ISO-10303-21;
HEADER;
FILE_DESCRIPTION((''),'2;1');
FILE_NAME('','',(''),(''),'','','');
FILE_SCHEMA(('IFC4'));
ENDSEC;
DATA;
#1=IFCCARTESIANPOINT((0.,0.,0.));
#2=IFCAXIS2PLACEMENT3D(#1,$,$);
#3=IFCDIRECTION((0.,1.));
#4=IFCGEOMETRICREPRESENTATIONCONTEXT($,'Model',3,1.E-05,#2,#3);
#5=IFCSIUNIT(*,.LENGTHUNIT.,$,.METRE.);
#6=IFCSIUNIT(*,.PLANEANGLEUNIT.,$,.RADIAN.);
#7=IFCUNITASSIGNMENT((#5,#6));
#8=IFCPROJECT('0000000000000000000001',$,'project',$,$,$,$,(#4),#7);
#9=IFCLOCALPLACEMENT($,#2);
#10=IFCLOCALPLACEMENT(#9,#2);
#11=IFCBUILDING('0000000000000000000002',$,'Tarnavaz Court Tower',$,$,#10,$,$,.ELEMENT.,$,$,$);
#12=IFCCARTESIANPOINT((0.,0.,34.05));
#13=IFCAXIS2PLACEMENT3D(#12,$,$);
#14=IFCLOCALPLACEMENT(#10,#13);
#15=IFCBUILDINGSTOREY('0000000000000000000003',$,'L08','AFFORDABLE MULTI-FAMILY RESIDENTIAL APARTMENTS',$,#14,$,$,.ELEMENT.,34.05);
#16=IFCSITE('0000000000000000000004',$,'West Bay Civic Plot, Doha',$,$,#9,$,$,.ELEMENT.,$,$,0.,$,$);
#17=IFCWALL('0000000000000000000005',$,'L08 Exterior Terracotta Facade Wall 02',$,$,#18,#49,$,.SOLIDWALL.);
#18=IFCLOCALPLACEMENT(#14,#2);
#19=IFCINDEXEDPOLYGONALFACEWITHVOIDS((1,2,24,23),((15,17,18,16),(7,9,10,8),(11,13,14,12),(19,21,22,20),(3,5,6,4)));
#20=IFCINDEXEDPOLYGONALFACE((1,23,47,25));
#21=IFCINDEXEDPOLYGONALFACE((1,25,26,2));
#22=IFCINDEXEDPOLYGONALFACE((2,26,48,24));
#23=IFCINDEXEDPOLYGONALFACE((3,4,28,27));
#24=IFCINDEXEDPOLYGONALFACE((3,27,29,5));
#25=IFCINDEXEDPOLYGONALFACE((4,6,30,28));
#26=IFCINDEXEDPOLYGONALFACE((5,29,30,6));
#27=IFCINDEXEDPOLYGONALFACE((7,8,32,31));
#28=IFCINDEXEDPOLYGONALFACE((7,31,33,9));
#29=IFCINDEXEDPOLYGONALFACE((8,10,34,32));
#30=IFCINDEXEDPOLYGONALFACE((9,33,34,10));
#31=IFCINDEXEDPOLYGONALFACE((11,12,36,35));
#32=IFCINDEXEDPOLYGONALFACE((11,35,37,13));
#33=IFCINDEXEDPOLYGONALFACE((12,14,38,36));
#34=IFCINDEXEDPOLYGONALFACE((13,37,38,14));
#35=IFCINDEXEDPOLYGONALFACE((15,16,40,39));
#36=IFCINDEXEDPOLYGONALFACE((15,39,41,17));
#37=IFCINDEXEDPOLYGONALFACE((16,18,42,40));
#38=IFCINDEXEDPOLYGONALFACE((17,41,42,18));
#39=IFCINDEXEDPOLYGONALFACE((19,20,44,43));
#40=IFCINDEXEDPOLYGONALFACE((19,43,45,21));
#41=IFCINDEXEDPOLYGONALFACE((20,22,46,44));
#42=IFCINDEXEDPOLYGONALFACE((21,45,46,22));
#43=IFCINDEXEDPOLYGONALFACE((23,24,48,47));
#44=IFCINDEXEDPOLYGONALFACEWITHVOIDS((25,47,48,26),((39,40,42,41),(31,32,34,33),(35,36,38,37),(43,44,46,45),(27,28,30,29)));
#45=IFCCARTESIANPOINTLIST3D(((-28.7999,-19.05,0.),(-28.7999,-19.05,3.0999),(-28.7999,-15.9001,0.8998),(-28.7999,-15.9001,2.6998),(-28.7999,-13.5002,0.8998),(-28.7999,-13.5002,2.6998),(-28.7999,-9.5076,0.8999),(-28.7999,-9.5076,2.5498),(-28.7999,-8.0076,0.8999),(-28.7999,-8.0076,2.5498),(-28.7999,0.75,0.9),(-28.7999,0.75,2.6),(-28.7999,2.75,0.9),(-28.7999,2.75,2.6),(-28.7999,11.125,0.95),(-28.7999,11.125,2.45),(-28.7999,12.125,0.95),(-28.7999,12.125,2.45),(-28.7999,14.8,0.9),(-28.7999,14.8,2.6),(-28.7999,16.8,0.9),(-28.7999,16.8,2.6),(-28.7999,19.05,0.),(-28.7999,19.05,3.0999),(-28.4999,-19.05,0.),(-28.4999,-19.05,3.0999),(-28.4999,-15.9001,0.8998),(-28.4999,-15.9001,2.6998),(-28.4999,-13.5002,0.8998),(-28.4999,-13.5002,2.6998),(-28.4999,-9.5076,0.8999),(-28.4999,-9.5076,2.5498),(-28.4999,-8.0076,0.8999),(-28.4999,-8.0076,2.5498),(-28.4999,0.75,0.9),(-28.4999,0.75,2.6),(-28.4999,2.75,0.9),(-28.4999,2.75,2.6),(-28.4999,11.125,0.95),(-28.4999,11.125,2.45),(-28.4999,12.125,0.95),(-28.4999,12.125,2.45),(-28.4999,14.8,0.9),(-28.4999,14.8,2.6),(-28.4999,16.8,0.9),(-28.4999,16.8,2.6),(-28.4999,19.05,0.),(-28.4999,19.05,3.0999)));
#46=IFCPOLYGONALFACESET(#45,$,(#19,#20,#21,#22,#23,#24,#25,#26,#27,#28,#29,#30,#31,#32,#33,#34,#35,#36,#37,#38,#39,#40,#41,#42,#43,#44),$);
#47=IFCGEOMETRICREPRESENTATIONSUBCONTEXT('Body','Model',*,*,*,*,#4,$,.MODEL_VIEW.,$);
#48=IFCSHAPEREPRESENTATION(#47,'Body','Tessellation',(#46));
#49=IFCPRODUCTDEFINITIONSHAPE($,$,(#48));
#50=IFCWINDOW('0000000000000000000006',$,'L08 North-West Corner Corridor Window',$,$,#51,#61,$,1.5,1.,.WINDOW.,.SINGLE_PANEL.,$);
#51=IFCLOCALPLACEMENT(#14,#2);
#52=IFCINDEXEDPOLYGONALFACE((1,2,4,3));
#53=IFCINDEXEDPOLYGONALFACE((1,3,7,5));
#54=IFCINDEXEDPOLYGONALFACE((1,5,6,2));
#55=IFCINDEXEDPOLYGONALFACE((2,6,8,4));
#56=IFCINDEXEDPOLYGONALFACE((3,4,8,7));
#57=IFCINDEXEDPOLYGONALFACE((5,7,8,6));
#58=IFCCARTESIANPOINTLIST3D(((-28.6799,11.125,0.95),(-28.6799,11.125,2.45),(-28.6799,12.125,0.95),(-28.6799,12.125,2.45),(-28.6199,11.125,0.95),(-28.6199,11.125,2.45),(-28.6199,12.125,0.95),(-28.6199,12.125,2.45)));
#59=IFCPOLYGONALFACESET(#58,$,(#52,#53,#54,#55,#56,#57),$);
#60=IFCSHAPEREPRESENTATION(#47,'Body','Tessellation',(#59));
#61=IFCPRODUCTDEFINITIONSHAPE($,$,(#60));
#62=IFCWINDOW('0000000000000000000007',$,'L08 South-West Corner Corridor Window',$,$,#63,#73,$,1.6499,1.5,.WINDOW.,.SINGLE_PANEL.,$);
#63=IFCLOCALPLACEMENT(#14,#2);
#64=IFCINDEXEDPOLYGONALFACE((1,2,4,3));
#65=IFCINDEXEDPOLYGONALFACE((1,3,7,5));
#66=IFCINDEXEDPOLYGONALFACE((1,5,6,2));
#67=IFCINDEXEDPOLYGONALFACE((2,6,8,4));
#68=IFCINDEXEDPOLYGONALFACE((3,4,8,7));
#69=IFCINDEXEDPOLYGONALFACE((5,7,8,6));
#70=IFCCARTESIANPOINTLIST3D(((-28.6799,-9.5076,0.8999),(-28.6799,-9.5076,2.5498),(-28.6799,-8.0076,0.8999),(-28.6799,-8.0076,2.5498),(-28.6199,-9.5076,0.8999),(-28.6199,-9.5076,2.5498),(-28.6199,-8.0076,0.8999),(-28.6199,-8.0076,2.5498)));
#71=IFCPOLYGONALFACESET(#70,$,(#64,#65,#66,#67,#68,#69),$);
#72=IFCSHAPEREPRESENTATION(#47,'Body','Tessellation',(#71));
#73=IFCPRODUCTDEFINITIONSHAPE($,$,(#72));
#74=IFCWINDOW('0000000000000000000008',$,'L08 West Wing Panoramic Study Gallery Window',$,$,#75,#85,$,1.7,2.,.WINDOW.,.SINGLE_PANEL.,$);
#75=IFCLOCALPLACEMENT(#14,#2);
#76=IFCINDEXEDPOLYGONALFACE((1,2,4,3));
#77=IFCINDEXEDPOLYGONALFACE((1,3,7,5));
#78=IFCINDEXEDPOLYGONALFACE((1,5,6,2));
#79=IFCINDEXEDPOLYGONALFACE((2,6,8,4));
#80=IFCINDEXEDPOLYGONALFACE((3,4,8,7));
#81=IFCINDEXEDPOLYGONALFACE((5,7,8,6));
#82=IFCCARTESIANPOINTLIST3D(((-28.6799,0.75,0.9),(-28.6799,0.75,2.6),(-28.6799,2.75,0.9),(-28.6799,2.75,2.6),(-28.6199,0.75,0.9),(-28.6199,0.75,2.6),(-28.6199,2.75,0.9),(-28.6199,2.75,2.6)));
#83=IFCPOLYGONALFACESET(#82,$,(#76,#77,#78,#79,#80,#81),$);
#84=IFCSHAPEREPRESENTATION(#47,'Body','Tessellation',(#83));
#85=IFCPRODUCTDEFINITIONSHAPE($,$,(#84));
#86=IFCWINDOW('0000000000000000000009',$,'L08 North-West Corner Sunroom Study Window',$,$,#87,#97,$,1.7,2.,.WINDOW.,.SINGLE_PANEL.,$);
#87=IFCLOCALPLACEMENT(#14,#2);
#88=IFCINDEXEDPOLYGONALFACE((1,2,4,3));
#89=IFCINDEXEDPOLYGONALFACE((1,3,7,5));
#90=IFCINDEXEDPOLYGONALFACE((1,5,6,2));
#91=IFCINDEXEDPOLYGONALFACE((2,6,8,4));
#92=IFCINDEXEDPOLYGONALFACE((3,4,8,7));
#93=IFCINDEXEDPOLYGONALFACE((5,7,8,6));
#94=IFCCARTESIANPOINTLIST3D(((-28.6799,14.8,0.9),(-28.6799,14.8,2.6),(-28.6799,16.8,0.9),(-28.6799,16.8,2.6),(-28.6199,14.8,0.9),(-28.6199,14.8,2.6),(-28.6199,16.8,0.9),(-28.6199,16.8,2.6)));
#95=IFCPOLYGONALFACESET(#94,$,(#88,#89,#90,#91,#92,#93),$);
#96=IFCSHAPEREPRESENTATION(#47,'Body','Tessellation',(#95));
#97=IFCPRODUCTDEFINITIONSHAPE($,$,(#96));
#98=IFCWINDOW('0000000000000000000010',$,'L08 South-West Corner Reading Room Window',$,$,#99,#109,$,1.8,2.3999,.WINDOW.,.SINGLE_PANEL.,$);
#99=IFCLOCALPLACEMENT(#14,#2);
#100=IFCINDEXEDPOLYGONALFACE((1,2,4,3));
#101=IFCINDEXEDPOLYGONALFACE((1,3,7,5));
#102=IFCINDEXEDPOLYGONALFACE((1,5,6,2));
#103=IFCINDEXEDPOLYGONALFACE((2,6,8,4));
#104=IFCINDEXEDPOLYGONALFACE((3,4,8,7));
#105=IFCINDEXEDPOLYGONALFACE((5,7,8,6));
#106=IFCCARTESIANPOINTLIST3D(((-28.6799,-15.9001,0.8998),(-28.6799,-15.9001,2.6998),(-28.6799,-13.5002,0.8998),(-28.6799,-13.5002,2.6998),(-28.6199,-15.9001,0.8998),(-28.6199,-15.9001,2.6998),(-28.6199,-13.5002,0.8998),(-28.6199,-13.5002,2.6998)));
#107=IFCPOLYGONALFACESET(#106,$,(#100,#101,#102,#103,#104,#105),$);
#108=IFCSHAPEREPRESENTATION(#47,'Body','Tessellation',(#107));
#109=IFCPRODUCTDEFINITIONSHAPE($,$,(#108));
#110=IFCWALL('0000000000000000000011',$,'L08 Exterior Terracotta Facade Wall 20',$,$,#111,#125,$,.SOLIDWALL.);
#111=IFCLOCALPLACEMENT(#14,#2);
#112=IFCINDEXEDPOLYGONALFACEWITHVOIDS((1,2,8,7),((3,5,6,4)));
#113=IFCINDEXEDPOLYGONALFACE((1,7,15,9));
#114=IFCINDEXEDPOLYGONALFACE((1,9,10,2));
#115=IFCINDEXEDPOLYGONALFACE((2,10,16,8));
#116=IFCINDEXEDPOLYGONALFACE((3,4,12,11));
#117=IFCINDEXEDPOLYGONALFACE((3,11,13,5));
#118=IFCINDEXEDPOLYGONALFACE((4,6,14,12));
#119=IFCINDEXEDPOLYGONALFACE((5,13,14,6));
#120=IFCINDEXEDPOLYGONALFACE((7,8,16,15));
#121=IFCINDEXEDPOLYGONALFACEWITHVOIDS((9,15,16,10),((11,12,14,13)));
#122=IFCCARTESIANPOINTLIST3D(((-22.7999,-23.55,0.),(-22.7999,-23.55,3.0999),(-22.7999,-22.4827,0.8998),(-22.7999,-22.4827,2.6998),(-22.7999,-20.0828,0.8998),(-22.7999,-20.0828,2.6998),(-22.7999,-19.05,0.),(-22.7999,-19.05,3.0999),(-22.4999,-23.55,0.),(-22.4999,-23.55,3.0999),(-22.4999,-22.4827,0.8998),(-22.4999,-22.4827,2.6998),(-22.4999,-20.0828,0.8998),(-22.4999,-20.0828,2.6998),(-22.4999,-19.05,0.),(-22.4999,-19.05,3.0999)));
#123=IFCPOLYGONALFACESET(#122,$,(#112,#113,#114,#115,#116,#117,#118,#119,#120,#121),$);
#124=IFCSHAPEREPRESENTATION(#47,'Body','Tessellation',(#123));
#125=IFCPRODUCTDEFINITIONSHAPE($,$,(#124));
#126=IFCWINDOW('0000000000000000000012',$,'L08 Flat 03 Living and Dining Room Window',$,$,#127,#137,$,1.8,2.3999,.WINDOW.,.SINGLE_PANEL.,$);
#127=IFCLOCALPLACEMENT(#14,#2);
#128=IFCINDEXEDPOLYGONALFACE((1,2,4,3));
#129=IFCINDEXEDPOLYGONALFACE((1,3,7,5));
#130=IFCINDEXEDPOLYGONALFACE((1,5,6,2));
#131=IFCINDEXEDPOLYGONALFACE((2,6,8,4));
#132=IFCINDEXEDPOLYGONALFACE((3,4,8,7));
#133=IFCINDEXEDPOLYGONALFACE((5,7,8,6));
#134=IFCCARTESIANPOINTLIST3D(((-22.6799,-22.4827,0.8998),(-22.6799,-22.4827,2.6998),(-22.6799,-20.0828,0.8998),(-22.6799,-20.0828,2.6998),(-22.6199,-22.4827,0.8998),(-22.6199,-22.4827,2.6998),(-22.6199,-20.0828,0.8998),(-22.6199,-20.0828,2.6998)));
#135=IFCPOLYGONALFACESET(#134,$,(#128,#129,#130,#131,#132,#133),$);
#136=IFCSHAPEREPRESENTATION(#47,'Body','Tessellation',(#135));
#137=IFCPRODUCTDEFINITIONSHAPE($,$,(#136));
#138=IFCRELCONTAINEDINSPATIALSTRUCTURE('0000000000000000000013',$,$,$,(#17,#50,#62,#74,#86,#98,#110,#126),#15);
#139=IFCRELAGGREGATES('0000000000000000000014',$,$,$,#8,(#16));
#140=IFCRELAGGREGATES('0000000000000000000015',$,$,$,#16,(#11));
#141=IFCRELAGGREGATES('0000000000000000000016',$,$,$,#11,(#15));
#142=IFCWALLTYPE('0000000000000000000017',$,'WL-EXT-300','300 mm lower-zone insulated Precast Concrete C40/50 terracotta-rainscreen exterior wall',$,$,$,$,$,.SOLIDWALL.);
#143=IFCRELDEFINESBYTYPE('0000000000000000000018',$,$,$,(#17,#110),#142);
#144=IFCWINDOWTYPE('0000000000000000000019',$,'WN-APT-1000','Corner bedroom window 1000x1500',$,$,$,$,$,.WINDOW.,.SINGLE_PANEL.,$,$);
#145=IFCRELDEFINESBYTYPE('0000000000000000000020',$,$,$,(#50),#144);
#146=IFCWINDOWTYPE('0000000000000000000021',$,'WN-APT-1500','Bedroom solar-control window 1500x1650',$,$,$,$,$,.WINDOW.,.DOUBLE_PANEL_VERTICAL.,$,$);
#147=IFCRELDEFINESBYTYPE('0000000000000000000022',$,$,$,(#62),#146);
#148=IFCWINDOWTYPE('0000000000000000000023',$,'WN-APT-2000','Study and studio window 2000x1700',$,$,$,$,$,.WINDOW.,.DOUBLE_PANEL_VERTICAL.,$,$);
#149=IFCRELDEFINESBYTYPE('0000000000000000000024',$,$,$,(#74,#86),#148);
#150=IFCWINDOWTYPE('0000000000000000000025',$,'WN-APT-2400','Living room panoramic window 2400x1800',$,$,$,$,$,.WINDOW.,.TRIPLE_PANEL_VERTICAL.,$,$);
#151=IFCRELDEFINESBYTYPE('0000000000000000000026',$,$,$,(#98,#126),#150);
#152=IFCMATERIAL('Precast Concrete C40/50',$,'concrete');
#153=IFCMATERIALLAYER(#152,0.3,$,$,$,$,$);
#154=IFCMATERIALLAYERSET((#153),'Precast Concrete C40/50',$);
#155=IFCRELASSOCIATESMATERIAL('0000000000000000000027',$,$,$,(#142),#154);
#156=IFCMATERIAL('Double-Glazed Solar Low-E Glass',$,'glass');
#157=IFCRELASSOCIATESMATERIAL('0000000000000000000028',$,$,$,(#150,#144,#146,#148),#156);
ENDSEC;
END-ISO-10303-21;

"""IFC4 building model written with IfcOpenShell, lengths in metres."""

from ifc_helpers import new_model, si_unit, direction, frame, frame_2d, origin, place, context, subcontext, project, spatial, rectangle, extrude, material, layer, layer_set, type_object, element, fill, save


model = new_model("IFC4")

# Units and contexts
model_context = context("Model", 3, precision=1e-05, world=origin(), true_north=direction((0.0, 1.0)))
body_context = subcontext(model_context, "Body", "Model", "MODEL_VIEW")
ifc_project = project(units=[si_unit("LENGTHUNIT", "METRE"), si_unit("PLANEANGLEUNIT", "RADIAN")], contexts=[model_context])

# Site, building, storey
site_placement = place(None, origin())
site = spatial("IfcSite", under=ifc_project, at=site_placement, Name="West Bay Civic Plot, Doha", CompositionType="ELEMENT", RefElevation=0.0)
building_placement = place(site_placement, origin())
building = spatial("IfcBuilding", under=site, at=building_placement, Name="Tarnavaz Court Tower", CompositionType="ELEMENT")
storey_placement = place(building_placement, frame((0.0, 0.0, 34.05)))
storey = spatial("IfcBuildingStorey", under=building, at=storey_placement, Name="L08", Description="AFFORDABLE MULTI-FAMILY RESIDENTIAL APARTMENTS", CompositionType="ELEMENT", Elevation=34.05)

# Shared definitions
ifc_material_1 = material(Name="Precast Concrete C40/50", Category="concrete")
ifc_layer_1 = layer(ifc_material_1, 0.3)
ifc_layer_set_1 = layer_set([ifc_layer_1], Name="Precast Concrete C40/50")
wall_type_1 = type_object("IfcWallType", Name="WL-EXT-300", Description="300 mm lower-zone insulated Precast Concrete C40/50 terracotta-rainscreen exterior wall", PredefinedType="SOLIDWALL", material=ifc_layer_set_1)
ifc_material_2 = material(Name="Double-Glazed Solar Low-E Glass", Category="glass")
window_type_1 = type_object("IfcWindowType", Name="WN-APT-2400", Description="Living room panoramic window 2400x1800", PartitioningType="TRIPLE_PANEL_VERTICAL", PredefinedType="WINDOW", material=ifc_material_2)

# Wall, openings, windows
wall_1_placement = place(storey_placement, frame((-28.6499, -19.05, 0.0), z_axis=(0.0, 0.0, 1.0), x_axis=(0.0, 1.0, 0.0)))
wall_1 = element("IfcWall", 1, at=wall_1_placement, inside=storey, type_object=wall_type_1, Name="L08 Exterior Terracotta Facade Wall 02", PredefinedType="SOLIDWALL", context=body_context, shape_type="SweptSolid", body=[
    extrude(rectangle(XDim=38.1001, YDim=0.3, at=frame_2d((19.05, 0.0))), origin(), (0.0, 0.0, 1.0), 3.0999),
])
opening_1_placement = place(wall_1_placement, frame((3.1499, 0.0, 0.8999)))
opening_1 = element("IfcOpeningElement", 2, at=opening_1_placement, cuts=wall_1, PredefinedType="OPENING", context=body_context, shape_type="SweptSolid", body=[
    extrude(rectangle(XDim=2.3999, YDim=1.8, at=frame_2d((1.2, 0.8999))), frame((0.0, 0.1599, 0.0), z_axis=(0.0, -1.0, 0.0), x_axis=(1.0, 0.0, 0.0)), (0.0, 0.0, 1.0), 0.3201),
])
opening_2_placement = place(wall_1_placement, frame((9.5425, 0.0, 0.8999)))
opening_2 = element("IfcOpeningElement", 3, at=opening_2_placement, cuts=wall_1, PredefinedType="OPENING", context=body_context, shape_type="SweptSolid", body=[
    extrude(rectangle(XDim=1.5, YDim=1.6499, at=frame_2d((0.75, 0.825))), frame((0.0, 0.1599, 0.0), z_axis=(0.0, -1.0, 0.0), x_axis=(1.0, 0.0, 0.0)), (0.0, 0.0, 1.0), 0.3201),
])
opening_3_placement = place(wall_1_placement, frame((19.8, 0.0, 0.8999)))
opening_3 = element("IfcOpeningElement", 4, at=opening_3_placement, cuts=wall_1, PredefinedType="OPENING", context=body_context, shape_type="SweptSolid", body=[
    extrude(rectangle(XDim=2.0, YDim=1.7, at=frame_2d((1.0, 0.8501))), frame((0.0, 0.1599, 0.0), z_axis=(0.0, -1.0, 0.0), x_axis=(1.0, 0.0, 0.0)), (0.0, 0.0, 1.0), 0.3201),
])
opening_4_placement = place(wall_1_placement, frame((30.175, 0.0, 0.95)))
opening_4 = element("IfcOpeningElement", 5, at=opening_4_placement, cuts=wall_1, PredefinedType="OPENING", context=body_context, shape_type="SweptSolid", body=[
    extrude(rectangle(XDim=1.0, YDim=1.5, at=frame_2d((0.5, 0.75))), frame((0.0, 0.1599, 0.0), z_axis=(0.0, -1.0, 0.0), x_axis=(1.0, 0.0, 0.0)), (0.0, 0.0, 1.0), 0.3201),
])
opening_5_placement = place(wall_1_placement, frame((33.8501, 0.0, 0.8999)))
opening_5 = element("IfcOpeningElement", 6, at=opening_5_placement, cuts=wall_1, PredefinedType="OPENING", context=body_context, shape_type="SweptSolid", body=[
    extrude(rectangle(XDim=2.0, YDim=1.7, at=frame_2d((1.0, 0.8501))), frame((0.0, 0.1599, 0.0), z_axis=(0.0, -1.0, 0.0), x_axis=(1.0, 0.0, 0.0)), (0.0, 0.0, 1.0), 0.3201),
])
window_type_2 = type_object("IfcWindowType", Name="WN-APT-1000", Description="Corner bedroom window 1000x1500", PartitioningType="SINGLE_PANEL", PredefinedType="WINDOW", material=ifc_material_2)
window_1_placement = place(opening_4_placement, origin())
window_1 = element("IfcWindow", 7, at=window_1_placement, inside=storey, type_object=window_type_2, Name="L08 North-West Corner Corridor Window", OverallHeight=1.5, OverallWidth=1.0, PartitioningType="SINGLE_PANEL", PredefinedType="WINDOW", context=body_context, shape_type="SweptSolid", body=[
    extrude(rectangle(XDim=1.0, YDim=1.5, at=frame_2d((0.5, 0.75))), frame((0.0, 0.03, 0.0), z_axis=(0.0, -1.0, 0.0), x_axis=(1.0, 0.0, 0.0)), (0.0, 0.0, 1.0), 0.0601),
])
fill(opening_4, window_1)
window_type_3 = type_object("IfcWindowType", Name="WN-APT-1500", Description="Bedroom solar-control window 1500x1650", PartitioningType="DOUBLE_PANEL_VERTICAL", PredefinedType="WINDOW", material=ifc_material_2)
window_2_placement = place(opening_2_placement, origin())
window_2 = element("IfcWindow", 8, at=window_2_placement, inside=storey, type_object=window_type_3, Name="L08 South-West Corner Corridor Window", OverallHeight=1.6499, OverallWidth=1.5, PartitioningType="SINGLE_PANEL", PredefinedType="WINDOW", context=body_context, shape_type="SweptSolid", body=[
    extrude(rectangle(XDim=1.5, YDim=1.6499, at=frame_2d((0.75, 0.825))), frame((0.0, 0.03, 0.0), z_axis=(0.0, -1.0, 0.0), x_axis=(1.0, 0.0, 0.0)), (0.0, 0.0, 1.0), 0.0601),
])
fill(opening_2, window_2)
window_type_4 = type_object("IfcWindowType", Name="WN-APT-2000", Description="Study and studio window 2000x1700", PartitioningType="DOUBLE_PANEL_VERTICAL", PredefinedType="WINDOW", material=ifc_material_2)
window_3_placement = place(opening_3_placement, origin())
window_3 = element("IfcWindow", 9, at=window_3_placement, inside=storey, type_object=window_type_4, Name="L08 West Wing Panoramic Study Gallery Window", OverallHeight=1.7, OverallWidth=2.0, PartitioningType="SINGLE_PANEL", PredefinedType="WINDOW", context=body_context, shape_type="SweptSolid", body=[
    extrude(rectangle(XDim=2.0, YDim=1.7, at=frame_2d((1.0, 0.8501))), frame((0.0, 0.03, 0.0), z_axis=(0.0, -1.0, 0.0), x_axis=(1.0, 0.0, 0.0)), (0.0, 0.0, 1.0), 0.0601),
])
fill(opening_3, window_3)
window_4_placement = place(opening_5_placement, origin())
window_4 = element("IfcWindow", 10, at=window_4_placement, inside=storey, type_object=window_type_4, Name="L08 North-West Corner Sunroom Study Window", OverallHeight=1.7, OverallWidth=2.0, PartitioningType="SINGLE_PANEL", PredefinedType="WINDOW", context=body_context, shape_type="SweptSolid", body=[
    extrude(rectangle(XDim=2.0, YDim=1.7, at=frame_2d((1.0, 0.8501))), frame((0.0, 0.03, 0.0), z_axis=(0.0, -1.0, 0.0), x_axis=(1.0, 0.0, 0.0)), (0.0, 0.0, 1.0), 0.0601),
])
fill(opening_5, window_4)
window_5_placement = place(opening_1_placement, origin())
window_5 = element("IfcWindow", 11, at=window_5_placement, inside=storey, type_object=window_type_1, Name="L08 South-West Corner Reading Room Window", OverallHeight=1.8, OverallWidth=2.3999, PartitioningType="SINGLE_PANEL", PredefinedType="WINDOW", context=body_context, shape_type="SweptSolid", body=[
    extrude(rectangle(XDim=2.3999, YDim=1.8, at=frame_2d((1.2, 0.8999))), frame((0.0, 0.03, 0.0), z_axis=(0.0, -1.0, 0.0), x_axis=(1.0, 0.0, 0.0)), (0.0, 0.0, 1.0), 0.0601),
])
fill(opening_1, window_5)

# Wall, opening, window
wall_2_placement = place(storey_placement, frame((-22.6499, -23.55, 0.0), z_axis=(0.0, 0.0, 1.0), x_axis=(0.0, 1.0, 0.0)))
wall_2 = element("IfcWall", 12, at=wall_2_placement, inside=storey, type_object=wall_type_1, Name="L08 Exterior Terracotta Facade Wall 20", PredefinedType="SOLIDWALL", context=body_context, shape_type="SweptSolid", body=[
    extrude(rectangle(XDim=4.5, YDim=0.3, at=frame_2d((2.25, 0.0))), origin(), (0.0, 0.0, 1.0), 3.0999),
])
opening_6_placement = place(wall_2_placement, frame((1.0674, 0.0, 0.8999)))
opening_6 = element("IfcOpeningElement", 13, at=opening_6_placement, cuts=wall_2, PredefinedType="OPENING", context=body_context, shape_type="SweptSolid", body=[
    extrude(rectangle(XDim=2.3999, YDim=1.8, at=frame_2d((1.2, 0.8999))), frame((0.0, 0.1599, 0.0), z_axis=(0.0, -1.0, 0.0), x_axis=(1.0, 0.0, 0.0)), (0.0, 0.0, 1.0), 0.3201),
])
window_6_placement = place(opening_6_placement, origin())
window_6 = element("IfcWindow", 14, at=window_6_placement, inside=storey, type_object=window_type_1, Name="L08 Flat 03 Living and Dining Room Window", OverallHeight=1.8, OverallWidth=2.3999, PartitioningType="SINGLE_PANEL", PredefinedType="WINDOW", context=body_context, shape_type="SweptSolid", body=[
    extrude(rectangle(XDim=2.3999, YDim=1.8, at=frame_2d((1.2, 0.8999))), frame((0.0, 0.03, 0.0), z_axis=(0.0, -1.0, 0.0), x_axis=(1.0, 0.0, 0.0)), (0.0, 0.0, 1.0), 0.0601),
])
fill(opening_6, window_6)

save(model, "model.ifc")
